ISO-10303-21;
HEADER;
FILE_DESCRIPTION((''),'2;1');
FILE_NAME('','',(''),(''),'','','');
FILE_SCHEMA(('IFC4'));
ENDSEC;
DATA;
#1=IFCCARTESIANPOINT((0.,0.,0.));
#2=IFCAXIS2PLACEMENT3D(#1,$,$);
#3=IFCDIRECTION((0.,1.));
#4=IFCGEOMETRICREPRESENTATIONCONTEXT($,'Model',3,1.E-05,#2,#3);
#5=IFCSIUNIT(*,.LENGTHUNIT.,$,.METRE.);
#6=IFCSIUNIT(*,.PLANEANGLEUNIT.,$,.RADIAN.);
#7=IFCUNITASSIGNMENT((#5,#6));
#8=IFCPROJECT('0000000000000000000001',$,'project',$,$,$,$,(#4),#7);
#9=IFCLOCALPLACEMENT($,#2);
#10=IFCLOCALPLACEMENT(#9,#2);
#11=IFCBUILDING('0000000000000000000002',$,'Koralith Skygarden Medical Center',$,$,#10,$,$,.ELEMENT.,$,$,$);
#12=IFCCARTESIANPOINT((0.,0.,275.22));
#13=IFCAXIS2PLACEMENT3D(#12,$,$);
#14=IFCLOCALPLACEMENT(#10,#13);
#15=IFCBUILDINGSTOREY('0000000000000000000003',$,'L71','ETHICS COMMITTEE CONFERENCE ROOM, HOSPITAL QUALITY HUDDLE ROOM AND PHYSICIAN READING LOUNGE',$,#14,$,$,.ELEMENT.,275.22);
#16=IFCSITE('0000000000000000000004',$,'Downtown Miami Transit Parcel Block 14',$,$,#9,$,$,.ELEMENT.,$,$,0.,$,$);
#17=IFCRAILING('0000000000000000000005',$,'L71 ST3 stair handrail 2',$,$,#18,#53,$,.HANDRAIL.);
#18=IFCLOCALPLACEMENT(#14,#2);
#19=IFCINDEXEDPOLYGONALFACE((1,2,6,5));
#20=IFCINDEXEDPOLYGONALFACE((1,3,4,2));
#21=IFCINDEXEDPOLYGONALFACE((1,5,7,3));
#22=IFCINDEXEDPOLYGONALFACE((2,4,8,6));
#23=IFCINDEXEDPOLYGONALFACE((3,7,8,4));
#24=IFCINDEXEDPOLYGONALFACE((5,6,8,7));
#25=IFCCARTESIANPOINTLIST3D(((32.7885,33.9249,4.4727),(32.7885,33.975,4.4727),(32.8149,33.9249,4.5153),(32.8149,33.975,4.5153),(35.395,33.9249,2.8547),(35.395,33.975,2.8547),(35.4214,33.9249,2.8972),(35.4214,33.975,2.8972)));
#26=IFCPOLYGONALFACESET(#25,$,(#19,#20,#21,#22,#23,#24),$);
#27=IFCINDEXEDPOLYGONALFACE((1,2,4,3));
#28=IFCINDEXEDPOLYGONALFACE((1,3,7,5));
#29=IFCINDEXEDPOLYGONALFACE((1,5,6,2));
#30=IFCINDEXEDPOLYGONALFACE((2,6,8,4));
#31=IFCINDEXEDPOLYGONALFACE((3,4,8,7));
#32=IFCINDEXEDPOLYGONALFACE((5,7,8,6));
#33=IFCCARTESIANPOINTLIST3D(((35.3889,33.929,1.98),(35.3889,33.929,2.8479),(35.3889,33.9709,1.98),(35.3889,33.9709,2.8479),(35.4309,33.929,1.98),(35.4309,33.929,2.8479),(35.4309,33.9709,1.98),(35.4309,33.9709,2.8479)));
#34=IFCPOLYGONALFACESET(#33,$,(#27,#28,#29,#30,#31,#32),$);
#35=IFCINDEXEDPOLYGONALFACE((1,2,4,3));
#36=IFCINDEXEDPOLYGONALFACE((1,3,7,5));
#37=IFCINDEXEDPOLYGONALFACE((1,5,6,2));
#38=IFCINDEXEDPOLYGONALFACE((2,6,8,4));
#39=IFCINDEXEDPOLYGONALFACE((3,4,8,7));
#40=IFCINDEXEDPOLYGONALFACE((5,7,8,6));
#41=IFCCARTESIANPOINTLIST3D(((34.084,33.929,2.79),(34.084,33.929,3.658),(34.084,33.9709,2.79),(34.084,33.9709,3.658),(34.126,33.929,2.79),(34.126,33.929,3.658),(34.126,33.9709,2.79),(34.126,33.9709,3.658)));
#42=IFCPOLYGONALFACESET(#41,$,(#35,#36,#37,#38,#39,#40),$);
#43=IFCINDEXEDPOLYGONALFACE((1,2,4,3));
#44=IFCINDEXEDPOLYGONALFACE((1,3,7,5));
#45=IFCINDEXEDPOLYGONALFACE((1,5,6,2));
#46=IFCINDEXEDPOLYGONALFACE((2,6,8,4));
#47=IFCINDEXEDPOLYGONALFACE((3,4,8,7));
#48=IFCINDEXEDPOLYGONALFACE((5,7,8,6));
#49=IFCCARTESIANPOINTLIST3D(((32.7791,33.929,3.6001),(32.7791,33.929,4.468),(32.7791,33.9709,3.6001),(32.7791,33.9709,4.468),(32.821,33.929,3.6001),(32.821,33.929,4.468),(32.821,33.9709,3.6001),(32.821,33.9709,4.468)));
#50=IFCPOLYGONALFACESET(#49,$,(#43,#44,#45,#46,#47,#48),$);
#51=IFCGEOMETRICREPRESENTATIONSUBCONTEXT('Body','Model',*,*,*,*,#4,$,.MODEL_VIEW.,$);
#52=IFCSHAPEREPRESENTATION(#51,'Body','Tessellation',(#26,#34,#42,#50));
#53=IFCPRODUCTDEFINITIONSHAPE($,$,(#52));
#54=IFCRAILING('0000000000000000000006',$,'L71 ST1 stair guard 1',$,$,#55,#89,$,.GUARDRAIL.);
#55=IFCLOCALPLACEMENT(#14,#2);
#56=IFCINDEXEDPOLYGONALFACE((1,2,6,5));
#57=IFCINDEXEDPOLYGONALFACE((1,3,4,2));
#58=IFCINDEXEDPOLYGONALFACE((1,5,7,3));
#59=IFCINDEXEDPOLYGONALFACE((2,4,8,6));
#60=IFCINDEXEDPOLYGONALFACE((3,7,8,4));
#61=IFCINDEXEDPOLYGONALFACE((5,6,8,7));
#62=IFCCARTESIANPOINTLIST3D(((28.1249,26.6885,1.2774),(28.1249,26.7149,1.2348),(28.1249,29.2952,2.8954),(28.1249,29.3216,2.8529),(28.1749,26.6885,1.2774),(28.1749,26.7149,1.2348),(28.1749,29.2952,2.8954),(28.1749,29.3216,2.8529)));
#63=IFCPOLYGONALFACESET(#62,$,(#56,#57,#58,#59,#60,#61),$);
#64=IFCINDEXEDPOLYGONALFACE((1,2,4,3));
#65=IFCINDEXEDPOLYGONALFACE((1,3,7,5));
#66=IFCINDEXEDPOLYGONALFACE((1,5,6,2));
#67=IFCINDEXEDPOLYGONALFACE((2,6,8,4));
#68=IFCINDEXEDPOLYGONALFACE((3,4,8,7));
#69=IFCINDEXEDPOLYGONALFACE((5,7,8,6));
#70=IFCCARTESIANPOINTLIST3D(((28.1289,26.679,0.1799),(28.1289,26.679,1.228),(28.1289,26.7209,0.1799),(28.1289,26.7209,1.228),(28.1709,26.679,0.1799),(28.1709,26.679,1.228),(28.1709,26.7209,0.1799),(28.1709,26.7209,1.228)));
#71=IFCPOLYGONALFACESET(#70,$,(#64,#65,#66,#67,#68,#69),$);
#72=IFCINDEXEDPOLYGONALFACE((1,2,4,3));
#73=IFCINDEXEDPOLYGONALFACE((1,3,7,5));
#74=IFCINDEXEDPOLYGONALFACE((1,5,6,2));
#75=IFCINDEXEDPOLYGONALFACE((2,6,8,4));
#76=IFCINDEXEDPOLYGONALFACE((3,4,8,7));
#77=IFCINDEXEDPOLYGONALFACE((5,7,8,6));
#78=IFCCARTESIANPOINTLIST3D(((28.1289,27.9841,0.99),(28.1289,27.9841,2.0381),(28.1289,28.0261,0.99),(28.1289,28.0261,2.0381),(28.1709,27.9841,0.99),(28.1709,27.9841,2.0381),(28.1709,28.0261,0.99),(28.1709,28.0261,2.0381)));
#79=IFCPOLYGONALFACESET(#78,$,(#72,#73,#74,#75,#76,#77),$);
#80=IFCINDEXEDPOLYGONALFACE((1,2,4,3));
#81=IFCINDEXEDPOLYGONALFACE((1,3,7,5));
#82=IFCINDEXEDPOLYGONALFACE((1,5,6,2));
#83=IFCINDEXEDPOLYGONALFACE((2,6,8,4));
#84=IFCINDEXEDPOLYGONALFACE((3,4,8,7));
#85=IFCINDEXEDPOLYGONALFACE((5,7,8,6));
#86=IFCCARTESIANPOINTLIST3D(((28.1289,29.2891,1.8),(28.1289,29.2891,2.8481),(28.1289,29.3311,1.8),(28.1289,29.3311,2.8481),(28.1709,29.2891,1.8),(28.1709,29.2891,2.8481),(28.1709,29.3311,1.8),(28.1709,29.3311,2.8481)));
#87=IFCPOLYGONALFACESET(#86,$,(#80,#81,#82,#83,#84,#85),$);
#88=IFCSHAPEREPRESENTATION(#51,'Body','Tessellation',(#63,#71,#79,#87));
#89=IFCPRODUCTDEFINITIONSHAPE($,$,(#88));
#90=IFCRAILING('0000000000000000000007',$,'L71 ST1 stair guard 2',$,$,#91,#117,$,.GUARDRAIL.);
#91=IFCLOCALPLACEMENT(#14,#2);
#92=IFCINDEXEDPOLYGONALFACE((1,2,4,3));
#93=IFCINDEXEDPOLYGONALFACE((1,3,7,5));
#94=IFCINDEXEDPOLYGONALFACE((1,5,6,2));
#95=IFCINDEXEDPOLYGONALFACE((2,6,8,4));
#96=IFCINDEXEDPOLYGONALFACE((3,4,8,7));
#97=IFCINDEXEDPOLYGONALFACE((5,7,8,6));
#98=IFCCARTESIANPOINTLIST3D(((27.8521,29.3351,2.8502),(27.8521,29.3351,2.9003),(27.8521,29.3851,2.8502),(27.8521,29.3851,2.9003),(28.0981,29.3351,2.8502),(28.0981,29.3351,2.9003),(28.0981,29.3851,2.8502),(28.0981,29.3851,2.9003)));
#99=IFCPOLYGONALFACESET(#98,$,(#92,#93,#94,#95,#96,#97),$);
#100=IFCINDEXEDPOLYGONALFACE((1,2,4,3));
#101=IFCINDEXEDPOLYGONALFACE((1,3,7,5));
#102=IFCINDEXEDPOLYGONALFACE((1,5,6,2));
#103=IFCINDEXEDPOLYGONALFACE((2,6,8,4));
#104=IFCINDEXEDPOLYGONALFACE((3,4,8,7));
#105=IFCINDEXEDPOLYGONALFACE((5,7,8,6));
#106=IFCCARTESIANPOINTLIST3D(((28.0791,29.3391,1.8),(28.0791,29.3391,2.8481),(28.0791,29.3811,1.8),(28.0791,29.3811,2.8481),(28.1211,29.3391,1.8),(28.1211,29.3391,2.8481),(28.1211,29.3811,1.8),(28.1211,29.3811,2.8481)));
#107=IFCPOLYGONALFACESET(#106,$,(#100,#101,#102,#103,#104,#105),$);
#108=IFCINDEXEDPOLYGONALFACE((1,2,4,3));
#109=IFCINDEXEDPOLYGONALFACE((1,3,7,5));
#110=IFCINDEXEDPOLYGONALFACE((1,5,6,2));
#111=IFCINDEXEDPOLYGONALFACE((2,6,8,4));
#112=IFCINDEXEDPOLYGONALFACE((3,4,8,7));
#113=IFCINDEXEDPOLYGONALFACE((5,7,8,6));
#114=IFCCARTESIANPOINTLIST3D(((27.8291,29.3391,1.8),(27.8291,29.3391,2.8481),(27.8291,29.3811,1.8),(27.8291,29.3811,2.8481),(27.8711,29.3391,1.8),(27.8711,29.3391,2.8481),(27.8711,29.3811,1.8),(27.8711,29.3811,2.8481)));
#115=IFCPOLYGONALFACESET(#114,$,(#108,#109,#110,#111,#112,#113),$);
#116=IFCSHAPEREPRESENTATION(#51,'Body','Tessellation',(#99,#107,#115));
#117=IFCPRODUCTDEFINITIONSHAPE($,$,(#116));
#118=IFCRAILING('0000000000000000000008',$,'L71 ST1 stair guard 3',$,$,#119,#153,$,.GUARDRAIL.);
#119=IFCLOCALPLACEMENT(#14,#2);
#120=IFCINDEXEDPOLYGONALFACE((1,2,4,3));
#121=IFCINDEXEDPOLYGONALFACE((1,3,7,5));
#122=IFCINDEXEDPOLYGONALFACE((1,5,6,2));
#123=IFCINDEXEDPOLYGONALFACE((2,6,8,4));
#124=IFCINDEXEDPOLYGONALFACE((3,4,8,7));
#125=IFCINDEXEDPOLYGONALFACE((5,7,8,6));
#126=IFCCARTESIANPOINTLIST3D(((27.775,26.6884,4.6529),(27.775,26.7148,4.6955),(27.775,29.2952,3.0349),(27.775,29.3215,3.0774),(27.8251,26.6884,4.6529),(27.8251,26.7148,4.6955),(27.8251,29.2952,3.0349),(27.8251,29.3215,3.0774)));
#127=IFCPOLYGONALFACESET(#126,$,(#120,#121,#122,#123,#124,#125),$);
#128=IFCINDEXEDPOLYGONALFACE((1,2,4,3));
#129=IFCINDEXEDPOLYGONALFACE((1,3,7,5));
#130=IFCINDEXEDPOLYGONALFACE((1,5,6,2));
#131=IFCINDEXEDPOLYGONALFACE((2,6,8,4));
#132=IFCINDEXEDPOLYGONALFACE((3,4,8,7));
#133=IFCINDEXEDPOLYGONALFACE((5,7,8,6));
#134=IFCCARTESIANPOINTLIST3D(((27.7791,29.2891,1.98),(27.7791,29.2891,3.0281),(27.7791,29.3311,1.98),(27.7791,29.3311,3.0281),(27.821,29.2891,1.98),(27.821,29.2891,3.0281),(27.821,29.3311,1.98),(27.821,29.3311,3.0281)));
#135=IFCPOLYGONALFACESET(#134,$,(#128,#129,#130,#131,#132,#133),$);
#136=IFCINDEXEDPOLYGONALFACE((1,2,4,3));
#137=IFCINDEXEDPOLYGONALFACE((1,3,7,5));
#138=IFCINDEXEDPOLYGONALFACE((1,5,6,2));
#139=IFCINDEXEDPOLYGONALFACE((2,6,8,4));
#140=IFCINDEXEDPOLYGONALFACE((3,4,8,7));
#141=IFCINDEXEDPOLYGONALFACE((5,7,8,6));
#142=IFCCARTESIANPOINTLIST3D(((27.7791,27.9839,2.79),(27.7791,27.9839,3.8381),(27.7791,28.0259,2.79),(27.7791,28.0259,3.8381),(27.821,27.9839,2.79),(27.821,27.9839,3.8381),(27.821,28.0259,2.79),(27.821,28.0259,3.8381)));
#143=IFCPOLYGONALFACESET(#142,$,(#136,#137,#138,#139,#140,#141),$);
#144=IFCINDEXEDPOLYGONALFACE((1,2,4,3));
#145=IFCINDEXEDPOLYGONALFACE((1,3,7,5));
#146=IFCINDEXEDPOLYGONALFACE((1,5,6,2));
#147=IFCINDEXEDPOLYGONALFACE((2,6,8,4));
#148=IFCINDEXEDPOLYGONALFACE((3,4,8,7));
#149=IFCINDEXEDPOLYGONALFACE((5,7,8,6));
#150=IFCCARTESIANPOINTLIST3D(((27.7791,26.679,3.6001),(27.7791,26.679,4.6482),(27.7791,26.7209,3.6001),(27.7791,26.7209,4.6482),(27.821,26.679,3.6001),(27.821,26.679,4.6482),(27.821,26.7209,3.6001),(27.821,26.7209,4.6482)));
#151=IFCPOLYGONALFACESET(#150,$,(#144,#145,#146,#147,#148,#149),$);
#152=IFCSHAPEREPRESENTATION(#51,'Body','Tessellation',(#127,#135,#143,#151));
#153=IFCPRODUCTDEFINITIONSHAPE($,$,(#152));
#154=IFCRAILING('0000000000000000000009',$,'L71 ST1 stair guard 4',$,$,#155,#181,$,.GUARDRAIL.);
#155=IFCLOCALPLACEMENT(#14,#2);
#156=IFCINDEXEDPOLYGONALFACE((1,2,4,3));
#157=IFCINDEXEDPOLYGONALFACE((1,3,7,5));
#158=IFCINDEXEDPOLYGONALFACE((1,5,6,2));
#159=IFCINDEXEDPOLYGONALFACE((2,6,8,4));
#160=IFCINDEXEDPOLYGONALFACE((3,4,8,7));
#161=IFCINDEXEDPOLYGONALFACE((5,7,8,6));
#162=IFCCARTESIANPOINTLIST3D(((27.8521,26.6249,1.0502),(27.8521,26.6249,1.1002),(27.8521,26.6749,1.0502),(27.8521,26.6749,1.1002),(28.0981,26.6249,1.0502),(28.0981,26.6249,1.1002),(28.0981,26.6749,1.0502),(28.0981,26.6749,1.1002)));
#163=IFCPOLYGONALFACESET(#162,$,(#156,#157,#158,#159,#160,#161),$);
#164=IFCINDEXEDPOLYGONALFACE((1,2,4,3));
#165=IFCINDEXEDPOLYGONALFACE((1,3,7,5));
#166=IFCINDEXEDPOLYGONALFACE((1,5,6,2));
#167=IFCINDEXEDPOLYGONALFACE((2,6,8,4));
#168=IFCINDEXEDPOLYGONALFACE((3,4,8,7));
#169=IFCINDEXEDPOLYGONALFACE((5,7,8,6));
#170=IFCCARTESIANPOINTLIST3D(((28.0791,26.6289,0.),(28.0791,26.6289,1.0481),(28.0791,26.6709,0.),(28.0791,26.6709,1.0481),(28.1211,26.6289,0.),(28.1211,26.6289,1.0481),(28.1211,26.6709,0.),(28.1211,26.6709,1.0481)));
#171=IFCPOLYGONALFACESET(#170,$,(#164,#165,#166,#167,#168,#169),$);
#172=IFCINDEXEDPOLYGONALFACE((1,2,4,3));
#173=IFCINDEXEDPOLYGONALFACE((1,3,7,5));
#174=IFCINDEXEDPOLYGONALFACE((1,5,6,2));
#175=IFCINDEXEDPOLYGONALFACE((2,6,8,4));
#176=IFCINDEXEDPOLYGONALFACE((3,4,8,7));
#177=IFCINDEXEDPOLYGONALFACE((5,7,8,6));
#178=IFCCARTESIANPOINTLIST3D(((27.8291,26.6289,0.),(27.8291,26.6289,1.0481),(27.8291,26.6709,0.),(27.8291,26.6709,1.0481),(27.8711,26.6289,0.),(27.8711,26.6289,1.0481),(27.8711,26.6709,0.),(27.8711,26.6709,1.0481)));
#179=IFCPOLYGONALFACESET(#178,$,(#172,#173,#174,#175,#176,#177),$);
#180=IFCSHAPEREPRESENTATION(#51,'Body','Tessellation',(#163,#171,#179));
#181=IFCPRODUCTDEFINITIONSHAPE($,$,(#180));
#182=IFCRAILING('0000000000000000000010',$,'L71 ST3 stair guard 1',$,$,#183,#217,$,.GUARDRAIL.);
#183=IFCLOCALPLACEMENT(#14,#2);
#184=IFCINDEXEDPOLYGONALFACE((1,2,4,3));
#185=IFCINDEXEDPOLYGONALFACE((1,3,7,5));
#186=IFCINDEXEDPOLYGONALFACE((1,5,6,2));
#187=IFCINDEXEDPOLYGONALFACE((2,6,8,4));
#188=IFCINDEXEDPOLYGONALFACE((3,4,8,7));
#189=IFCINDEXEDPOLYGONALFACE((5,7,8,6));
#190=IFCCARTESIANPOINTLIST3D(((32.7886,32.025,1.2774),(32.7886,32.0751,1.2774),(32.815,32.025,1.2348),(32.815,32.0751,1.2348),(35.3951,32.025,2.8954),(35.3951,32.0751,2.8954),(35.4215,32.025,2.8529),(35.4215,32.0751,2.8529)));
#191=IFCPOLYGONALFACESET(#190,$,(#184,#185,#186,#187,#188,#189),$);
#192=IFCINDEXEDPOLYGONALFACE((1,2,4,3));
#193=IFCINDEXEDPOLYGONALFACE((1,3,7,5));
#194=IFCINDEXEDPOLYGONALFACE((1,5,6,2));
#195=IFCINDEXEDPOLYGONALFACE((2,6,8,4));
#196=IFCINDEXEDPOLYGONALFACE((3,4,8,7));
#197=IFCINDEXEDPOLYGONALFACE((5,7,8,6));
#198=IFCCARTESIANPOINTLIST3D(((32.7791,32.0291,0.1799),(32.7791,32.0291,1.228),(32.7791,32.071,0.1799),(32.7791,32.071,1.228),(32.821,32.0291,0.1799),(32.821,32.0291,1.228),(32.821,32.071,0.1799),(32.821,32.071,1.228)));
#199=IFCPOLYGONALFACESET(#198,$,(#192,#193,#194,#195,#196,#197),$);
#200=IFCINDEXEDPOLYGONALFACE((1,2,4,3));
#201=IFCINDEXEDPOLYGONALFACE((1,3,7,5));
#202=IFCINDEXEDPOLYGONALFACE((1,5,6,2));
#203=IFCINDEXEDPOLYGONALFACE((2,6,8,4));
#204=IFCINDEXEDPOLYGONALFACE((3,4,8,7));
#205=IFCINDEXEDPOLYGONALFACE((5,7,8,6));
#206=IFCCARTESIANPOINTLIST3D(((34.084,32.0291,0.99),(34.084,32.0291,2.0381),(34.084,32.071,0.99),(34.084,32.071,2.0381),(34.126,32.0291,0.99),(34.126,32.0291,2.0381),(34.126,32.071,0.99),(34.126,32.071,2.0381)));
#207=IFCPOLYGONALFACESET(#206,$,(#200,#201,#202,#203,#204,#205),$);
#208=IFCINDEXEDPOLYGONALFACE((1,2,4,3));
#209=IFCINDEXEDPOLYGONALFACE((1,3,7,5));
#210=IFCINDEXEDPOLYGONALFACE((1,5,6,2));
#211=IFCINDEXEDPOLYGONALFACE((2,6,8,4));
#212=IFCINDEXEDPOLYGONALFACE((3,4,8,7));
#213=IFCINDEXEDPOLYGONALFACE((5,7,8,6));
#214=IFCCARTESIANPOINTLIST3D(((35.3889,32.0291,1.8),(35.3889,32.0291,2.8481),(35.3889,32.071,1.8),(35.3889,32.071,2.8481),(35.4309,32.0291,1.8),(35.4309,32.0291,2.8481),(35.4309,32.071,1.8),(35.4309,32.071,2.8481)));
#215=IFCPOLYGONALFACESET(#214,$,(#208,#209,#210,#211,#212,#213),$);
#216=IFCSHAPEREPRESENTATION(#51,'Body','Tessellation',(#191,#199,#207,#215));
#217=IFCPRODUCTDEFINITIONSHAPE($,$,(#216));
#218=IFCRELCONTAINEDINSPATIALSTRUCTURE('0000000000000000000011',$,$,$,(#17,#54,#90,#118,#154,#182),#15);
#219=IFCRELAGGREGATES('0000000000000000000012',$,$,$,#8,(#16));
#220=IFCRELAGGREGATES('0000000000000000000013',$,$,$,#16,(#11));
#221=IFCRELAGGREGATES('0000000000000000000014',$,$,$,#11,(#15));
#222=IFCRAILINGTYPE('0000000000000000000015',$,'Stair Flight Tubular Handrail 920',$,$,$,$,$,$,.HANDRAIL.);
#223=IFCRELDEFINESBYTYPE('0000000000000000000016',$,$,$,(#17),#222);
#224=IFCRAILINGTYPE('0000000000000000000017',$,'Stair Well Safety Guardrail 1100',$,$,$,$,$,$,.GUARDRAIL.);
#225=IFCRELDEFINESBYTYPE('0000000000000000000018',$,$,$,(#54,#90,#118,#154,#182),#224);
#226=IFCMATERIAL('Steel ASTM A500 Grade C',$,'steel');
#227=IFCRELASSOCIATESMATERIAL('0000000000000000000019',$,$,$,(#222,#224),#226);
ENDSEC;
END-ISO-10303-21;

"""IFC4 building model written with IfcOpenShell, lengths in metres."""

from ifc_helpers import new_model, si_unit, direction, frame, origin, origin_2d, place, context, subcontext, project, spatial, rectangle, extrude, material, type_object, element, save


model = new_model("IFC4")

# Units and contexts
model_context = context("Model", 3, precision=1e-05, world=origin(), true_north=direction((0.0, 1.0)))
body_context = subcontext(model_context, "Body", "Model", "MODEL_VIEW")
ifc_project = project(units=[si_unit("LENGTHUNIT", "METRE"), si_unit("PLANEANGLEUNIT", "RADIAN")], contexts=[model_context])

# Site, building, storey
site_placement = place(None, origin())
site = spatial("IfcSite", under=ifc_project, at=site_placement, Name="Downtown Miami Transit Parcel Block 14", CompositionType="ELEMENT", RefElevation=0.0)
building_placement = place(site_placement, origin())
building = spatial("IfcBuilding", under=site, at=building_placement, Name="Koralith Skygarden Medical Center", CompositionType="ELEMENT")
storey_placement = place(building_placement, frame((0.0, 0.0, 275.22)))
storey = spatial("IfcBuildingStorey", under=building, at=storey_placement, Name="L71", Description="ETHICS COMMITTEE CONFERENCE ROOM, HOSPITAL QUALITY HUDDLE ROOM AND PHYSICIAN READING LOUNGE", CompositionType="ELEMENT", Elevation=275.22)

# Shared definitions
ifc_material_1 = material(Name="Steel ASTM A500 Grade C", Category="steel")

# Railings
railing_type_1 = type_object("IfcRailingType", Name="Stair Flight Tubular Handrail 920", PredefinedType="HANDRAIL", material=ifc_material_1)
railing_1_placement = place(storey_placement, frame((35.4099, 33.95, 1.98)))
element("IfcRailing", 1, at=railing_1_placement, inside=storey, type_object=railing_type_1, Name="L71 ST3 stair handrail 2", PredefinedType="HANDRAIL", context=body_context, shape_type="SweptSolid", body=[
    extrude(rectangle(XDim=0.05, YDim=0.05, at=origin_2d()), frame((-0.0017, 0.0, 0.896), z_axis=(-0.849611, 0.0, 0.52741), x_axis=(0.0, -1.0, 0.0)), (0.0, 0.0, 1.0), 3.0679),
    extrude(rectangle(XDim=0.042, YDim=0.042, at=origin_2d()), origin(), (0.0, 0.0, 1.0), 0.8679),
    extrude(rectangle(XDim=0.042, YDim=0.042, at=origin_2d()), frame((-1.3049, 0.0, 0.8101)), (0.0, 0.0, 1.0), 0.8679),
    extrude(rectangle(XDim=0.042, YDim=0.042, at=origin_2d()), frame((-2.6099, 0.0, 1.6201)), (0.0, 0.0, 1.0), 0.8679),
])
railing_type_2 = type_object("IfcRailingType", Name="Stair Well Safety Guardrail 1100", PredefinedType="GUARDRAIL", material=ifc_material_1)
railing_2_placement = place(storey_placement, frame((28.1499, 26.7, 0.1799)))
element("IfcRailing", 2, at=railing_2_placement, inside=storey, type_object=railing_type_2, Name="L71 ST1 stair guard 1", PredefinedType="GUARDRAIL", context=body_context, shape_type="SweptSolid", body=[
    extrude(rectangle(XDim=0.05, YDim=0.05, at=origin_2d()), frame((0.0, 0.0017, 1.0762), z_axis=(0.0, 0.849633, 0.527375), x_axis=(-1.0, 0.0, 0.0)), (0.0, 0.0, 1.0), 3.0681),
    extrude(rectangle(XDim=0.042, YDim=0.042, at=origin_2d()), origin(), (0.0, 0.0, 1.0), 1.0481),
    extrude(rectangle(XDim=0.042, YDim=0.042, at=origin_2d()), frame((0.0, 1.3052, 0.8101)), (0.0, 0.0, 1.0), 1.0481),
    extrude(rectangle(XDim=0.042, YDim=0.042, at=origin_2d()), frame((0.0, 2.6101, 1.6201)), (0.0, 0.0, 1.0), 1.0481),
])
railing_3_placement = place(storey_placement, frame((28.1001, 29.3601, 1.8)))
element("IfcRailing", 3, at=railing_3_placement, inside=storey, type_object=railing_type_2, Name="L71 ST1 stair guard 2", PredefinedType="GUARDRAIL", context=body_context, shape_type="SweptSolid", body=[
    extrude(rectangle(XDim=0.05, YDim=0.05, at=origin_2d()), frame((-0.002, 0.0, 1.0752), z_axis=(-1.0, 0.0, 0.0), x_axis=(0.0, -1.0, 0.0)), (0.0, 0.0, 1.0), 0.2461),
    extrude(rectangle(XDim=0.042, YDim=0.042, at=origin_2d()), origin(), (0.0, 0.0, 1.0), 1.0481),
    extrude(rectangle(XDim=0.042, YDim=0.042, at=origin_2d()), frame((-0.25, 0.0, 0.0)), (0.0, 0.0, 1.0), 1.0481),
])
railing_4_placement = place(storey_placement, frame((27.8, 29.3101, 1.98)))
element("IfcRailing", 4, at=railing_4_placement, inside=storey, type_object=railing_type_2, Name="L71 ST1 stair guard 3", PredefinedType="GUARDRAIL", context=body_context, shape_type="SweptSolid", body=[
    extrude(rectangle(XDim=0.05, YDim=0.05, at=origin_2d()), frame((0.0, -0.0017, 1.0762), z_axis=(0.0, -0.849633, 0.527375), x_axis=(1.0, 0.0, 0.0)), (0.0, 0.0, 1.0), 3.0681),
    extrude(rectangle(XDim=0.042, YDim=0.042, at=origin_2d()), origin(), (0.0, 0.0, 1.0), 1.0481),
    extrude(rectangle(XDim=0.042, YDim=0.042, at=origin_2d()), frame((0.0, -1.3052, 0.8101)), (0.0, 0.0, 1.0), 1.0481),
    extrude(rectangle(XDim=0.042, YDim=0.042, at=origin_2d()), frame((0.0, -2.6101, 1.6201)), (0.0, 0.0, 1.0), 1.0481),
])
railing_5_placement = place(storey_placement, frame((28.1001, 26.6499, 0.0)))
element("IfcRailing", 5, at=railing_5_placement, inside=storey, type_object=railing_type_2, Name="L71 ST1 stair guard 4", PredefinedType="GUARDRAIL", context=body_context, shape_type="SweptSolid", body=[
    extrude(rectangle(XDim=0.05, YDim=0.05, at=origin_2d()), frame((-0.002, 0.0, 1.0752), z_axis=(-1.0, 0.0, 0.0), x_axis=(0.0, -1.0, 0.0)), (0.0, 0.0, 1.0), 0.2461),
    extrude(rectangle(XDim=0.042, YDim=0.042, at=origin_2d()), origin(), (0.0, 0.0, 1.0), 1.0481),
    extrude(rectangle(XDim=0.042, YDim=0.042, at=origin_2d()), frame((-0.25, 0.0, 0.0)), (0.0, 0.0, 1.0), 1.0481),
])
railing_6_placement = place(storey_placement, frame((32.8, 32.05, 0.1799)))
element("IfcRailing", 6, at=railing_6_placement, inside=storey, type_object=railing_type_2, Name="L71 ST3 stair guard 1", PredefinedType="GUARDRAIL", context=body_context, shape_type="SweptSolid", body=[
    extrude(rectangle(XDim=0.05, YDim=0.05, at=origin_2d()), frame((0.0017, 0.0, 1.0762), z_axis=(0.849611, 0.0, 0.52741), x_axis=(0.0, 1.0, 0.0)), (0.0, 0.0, 1.0), 3.0679),
    extrude(rectangle(XDim=0.042, YDim=0.042, at=origin_2d()), origin(), (0.0, 0.0, 1.0), 1.0481),
    extrude(rectangle(XDim=0.042, YDim=0.042, at=origin_2d()), frame((1.3049, 0.0, 0.8101)), (0.0, 0.0, 1.0), 1.0481),
    extrude(rectangle(XDim=0.042, YDim=0.042, at=origin_2d()), frame((2.6099, 0.0, 1.6201)), (0.0, 0.0, 1.0), 1.0481),
])

save(model, "model.ifc")
